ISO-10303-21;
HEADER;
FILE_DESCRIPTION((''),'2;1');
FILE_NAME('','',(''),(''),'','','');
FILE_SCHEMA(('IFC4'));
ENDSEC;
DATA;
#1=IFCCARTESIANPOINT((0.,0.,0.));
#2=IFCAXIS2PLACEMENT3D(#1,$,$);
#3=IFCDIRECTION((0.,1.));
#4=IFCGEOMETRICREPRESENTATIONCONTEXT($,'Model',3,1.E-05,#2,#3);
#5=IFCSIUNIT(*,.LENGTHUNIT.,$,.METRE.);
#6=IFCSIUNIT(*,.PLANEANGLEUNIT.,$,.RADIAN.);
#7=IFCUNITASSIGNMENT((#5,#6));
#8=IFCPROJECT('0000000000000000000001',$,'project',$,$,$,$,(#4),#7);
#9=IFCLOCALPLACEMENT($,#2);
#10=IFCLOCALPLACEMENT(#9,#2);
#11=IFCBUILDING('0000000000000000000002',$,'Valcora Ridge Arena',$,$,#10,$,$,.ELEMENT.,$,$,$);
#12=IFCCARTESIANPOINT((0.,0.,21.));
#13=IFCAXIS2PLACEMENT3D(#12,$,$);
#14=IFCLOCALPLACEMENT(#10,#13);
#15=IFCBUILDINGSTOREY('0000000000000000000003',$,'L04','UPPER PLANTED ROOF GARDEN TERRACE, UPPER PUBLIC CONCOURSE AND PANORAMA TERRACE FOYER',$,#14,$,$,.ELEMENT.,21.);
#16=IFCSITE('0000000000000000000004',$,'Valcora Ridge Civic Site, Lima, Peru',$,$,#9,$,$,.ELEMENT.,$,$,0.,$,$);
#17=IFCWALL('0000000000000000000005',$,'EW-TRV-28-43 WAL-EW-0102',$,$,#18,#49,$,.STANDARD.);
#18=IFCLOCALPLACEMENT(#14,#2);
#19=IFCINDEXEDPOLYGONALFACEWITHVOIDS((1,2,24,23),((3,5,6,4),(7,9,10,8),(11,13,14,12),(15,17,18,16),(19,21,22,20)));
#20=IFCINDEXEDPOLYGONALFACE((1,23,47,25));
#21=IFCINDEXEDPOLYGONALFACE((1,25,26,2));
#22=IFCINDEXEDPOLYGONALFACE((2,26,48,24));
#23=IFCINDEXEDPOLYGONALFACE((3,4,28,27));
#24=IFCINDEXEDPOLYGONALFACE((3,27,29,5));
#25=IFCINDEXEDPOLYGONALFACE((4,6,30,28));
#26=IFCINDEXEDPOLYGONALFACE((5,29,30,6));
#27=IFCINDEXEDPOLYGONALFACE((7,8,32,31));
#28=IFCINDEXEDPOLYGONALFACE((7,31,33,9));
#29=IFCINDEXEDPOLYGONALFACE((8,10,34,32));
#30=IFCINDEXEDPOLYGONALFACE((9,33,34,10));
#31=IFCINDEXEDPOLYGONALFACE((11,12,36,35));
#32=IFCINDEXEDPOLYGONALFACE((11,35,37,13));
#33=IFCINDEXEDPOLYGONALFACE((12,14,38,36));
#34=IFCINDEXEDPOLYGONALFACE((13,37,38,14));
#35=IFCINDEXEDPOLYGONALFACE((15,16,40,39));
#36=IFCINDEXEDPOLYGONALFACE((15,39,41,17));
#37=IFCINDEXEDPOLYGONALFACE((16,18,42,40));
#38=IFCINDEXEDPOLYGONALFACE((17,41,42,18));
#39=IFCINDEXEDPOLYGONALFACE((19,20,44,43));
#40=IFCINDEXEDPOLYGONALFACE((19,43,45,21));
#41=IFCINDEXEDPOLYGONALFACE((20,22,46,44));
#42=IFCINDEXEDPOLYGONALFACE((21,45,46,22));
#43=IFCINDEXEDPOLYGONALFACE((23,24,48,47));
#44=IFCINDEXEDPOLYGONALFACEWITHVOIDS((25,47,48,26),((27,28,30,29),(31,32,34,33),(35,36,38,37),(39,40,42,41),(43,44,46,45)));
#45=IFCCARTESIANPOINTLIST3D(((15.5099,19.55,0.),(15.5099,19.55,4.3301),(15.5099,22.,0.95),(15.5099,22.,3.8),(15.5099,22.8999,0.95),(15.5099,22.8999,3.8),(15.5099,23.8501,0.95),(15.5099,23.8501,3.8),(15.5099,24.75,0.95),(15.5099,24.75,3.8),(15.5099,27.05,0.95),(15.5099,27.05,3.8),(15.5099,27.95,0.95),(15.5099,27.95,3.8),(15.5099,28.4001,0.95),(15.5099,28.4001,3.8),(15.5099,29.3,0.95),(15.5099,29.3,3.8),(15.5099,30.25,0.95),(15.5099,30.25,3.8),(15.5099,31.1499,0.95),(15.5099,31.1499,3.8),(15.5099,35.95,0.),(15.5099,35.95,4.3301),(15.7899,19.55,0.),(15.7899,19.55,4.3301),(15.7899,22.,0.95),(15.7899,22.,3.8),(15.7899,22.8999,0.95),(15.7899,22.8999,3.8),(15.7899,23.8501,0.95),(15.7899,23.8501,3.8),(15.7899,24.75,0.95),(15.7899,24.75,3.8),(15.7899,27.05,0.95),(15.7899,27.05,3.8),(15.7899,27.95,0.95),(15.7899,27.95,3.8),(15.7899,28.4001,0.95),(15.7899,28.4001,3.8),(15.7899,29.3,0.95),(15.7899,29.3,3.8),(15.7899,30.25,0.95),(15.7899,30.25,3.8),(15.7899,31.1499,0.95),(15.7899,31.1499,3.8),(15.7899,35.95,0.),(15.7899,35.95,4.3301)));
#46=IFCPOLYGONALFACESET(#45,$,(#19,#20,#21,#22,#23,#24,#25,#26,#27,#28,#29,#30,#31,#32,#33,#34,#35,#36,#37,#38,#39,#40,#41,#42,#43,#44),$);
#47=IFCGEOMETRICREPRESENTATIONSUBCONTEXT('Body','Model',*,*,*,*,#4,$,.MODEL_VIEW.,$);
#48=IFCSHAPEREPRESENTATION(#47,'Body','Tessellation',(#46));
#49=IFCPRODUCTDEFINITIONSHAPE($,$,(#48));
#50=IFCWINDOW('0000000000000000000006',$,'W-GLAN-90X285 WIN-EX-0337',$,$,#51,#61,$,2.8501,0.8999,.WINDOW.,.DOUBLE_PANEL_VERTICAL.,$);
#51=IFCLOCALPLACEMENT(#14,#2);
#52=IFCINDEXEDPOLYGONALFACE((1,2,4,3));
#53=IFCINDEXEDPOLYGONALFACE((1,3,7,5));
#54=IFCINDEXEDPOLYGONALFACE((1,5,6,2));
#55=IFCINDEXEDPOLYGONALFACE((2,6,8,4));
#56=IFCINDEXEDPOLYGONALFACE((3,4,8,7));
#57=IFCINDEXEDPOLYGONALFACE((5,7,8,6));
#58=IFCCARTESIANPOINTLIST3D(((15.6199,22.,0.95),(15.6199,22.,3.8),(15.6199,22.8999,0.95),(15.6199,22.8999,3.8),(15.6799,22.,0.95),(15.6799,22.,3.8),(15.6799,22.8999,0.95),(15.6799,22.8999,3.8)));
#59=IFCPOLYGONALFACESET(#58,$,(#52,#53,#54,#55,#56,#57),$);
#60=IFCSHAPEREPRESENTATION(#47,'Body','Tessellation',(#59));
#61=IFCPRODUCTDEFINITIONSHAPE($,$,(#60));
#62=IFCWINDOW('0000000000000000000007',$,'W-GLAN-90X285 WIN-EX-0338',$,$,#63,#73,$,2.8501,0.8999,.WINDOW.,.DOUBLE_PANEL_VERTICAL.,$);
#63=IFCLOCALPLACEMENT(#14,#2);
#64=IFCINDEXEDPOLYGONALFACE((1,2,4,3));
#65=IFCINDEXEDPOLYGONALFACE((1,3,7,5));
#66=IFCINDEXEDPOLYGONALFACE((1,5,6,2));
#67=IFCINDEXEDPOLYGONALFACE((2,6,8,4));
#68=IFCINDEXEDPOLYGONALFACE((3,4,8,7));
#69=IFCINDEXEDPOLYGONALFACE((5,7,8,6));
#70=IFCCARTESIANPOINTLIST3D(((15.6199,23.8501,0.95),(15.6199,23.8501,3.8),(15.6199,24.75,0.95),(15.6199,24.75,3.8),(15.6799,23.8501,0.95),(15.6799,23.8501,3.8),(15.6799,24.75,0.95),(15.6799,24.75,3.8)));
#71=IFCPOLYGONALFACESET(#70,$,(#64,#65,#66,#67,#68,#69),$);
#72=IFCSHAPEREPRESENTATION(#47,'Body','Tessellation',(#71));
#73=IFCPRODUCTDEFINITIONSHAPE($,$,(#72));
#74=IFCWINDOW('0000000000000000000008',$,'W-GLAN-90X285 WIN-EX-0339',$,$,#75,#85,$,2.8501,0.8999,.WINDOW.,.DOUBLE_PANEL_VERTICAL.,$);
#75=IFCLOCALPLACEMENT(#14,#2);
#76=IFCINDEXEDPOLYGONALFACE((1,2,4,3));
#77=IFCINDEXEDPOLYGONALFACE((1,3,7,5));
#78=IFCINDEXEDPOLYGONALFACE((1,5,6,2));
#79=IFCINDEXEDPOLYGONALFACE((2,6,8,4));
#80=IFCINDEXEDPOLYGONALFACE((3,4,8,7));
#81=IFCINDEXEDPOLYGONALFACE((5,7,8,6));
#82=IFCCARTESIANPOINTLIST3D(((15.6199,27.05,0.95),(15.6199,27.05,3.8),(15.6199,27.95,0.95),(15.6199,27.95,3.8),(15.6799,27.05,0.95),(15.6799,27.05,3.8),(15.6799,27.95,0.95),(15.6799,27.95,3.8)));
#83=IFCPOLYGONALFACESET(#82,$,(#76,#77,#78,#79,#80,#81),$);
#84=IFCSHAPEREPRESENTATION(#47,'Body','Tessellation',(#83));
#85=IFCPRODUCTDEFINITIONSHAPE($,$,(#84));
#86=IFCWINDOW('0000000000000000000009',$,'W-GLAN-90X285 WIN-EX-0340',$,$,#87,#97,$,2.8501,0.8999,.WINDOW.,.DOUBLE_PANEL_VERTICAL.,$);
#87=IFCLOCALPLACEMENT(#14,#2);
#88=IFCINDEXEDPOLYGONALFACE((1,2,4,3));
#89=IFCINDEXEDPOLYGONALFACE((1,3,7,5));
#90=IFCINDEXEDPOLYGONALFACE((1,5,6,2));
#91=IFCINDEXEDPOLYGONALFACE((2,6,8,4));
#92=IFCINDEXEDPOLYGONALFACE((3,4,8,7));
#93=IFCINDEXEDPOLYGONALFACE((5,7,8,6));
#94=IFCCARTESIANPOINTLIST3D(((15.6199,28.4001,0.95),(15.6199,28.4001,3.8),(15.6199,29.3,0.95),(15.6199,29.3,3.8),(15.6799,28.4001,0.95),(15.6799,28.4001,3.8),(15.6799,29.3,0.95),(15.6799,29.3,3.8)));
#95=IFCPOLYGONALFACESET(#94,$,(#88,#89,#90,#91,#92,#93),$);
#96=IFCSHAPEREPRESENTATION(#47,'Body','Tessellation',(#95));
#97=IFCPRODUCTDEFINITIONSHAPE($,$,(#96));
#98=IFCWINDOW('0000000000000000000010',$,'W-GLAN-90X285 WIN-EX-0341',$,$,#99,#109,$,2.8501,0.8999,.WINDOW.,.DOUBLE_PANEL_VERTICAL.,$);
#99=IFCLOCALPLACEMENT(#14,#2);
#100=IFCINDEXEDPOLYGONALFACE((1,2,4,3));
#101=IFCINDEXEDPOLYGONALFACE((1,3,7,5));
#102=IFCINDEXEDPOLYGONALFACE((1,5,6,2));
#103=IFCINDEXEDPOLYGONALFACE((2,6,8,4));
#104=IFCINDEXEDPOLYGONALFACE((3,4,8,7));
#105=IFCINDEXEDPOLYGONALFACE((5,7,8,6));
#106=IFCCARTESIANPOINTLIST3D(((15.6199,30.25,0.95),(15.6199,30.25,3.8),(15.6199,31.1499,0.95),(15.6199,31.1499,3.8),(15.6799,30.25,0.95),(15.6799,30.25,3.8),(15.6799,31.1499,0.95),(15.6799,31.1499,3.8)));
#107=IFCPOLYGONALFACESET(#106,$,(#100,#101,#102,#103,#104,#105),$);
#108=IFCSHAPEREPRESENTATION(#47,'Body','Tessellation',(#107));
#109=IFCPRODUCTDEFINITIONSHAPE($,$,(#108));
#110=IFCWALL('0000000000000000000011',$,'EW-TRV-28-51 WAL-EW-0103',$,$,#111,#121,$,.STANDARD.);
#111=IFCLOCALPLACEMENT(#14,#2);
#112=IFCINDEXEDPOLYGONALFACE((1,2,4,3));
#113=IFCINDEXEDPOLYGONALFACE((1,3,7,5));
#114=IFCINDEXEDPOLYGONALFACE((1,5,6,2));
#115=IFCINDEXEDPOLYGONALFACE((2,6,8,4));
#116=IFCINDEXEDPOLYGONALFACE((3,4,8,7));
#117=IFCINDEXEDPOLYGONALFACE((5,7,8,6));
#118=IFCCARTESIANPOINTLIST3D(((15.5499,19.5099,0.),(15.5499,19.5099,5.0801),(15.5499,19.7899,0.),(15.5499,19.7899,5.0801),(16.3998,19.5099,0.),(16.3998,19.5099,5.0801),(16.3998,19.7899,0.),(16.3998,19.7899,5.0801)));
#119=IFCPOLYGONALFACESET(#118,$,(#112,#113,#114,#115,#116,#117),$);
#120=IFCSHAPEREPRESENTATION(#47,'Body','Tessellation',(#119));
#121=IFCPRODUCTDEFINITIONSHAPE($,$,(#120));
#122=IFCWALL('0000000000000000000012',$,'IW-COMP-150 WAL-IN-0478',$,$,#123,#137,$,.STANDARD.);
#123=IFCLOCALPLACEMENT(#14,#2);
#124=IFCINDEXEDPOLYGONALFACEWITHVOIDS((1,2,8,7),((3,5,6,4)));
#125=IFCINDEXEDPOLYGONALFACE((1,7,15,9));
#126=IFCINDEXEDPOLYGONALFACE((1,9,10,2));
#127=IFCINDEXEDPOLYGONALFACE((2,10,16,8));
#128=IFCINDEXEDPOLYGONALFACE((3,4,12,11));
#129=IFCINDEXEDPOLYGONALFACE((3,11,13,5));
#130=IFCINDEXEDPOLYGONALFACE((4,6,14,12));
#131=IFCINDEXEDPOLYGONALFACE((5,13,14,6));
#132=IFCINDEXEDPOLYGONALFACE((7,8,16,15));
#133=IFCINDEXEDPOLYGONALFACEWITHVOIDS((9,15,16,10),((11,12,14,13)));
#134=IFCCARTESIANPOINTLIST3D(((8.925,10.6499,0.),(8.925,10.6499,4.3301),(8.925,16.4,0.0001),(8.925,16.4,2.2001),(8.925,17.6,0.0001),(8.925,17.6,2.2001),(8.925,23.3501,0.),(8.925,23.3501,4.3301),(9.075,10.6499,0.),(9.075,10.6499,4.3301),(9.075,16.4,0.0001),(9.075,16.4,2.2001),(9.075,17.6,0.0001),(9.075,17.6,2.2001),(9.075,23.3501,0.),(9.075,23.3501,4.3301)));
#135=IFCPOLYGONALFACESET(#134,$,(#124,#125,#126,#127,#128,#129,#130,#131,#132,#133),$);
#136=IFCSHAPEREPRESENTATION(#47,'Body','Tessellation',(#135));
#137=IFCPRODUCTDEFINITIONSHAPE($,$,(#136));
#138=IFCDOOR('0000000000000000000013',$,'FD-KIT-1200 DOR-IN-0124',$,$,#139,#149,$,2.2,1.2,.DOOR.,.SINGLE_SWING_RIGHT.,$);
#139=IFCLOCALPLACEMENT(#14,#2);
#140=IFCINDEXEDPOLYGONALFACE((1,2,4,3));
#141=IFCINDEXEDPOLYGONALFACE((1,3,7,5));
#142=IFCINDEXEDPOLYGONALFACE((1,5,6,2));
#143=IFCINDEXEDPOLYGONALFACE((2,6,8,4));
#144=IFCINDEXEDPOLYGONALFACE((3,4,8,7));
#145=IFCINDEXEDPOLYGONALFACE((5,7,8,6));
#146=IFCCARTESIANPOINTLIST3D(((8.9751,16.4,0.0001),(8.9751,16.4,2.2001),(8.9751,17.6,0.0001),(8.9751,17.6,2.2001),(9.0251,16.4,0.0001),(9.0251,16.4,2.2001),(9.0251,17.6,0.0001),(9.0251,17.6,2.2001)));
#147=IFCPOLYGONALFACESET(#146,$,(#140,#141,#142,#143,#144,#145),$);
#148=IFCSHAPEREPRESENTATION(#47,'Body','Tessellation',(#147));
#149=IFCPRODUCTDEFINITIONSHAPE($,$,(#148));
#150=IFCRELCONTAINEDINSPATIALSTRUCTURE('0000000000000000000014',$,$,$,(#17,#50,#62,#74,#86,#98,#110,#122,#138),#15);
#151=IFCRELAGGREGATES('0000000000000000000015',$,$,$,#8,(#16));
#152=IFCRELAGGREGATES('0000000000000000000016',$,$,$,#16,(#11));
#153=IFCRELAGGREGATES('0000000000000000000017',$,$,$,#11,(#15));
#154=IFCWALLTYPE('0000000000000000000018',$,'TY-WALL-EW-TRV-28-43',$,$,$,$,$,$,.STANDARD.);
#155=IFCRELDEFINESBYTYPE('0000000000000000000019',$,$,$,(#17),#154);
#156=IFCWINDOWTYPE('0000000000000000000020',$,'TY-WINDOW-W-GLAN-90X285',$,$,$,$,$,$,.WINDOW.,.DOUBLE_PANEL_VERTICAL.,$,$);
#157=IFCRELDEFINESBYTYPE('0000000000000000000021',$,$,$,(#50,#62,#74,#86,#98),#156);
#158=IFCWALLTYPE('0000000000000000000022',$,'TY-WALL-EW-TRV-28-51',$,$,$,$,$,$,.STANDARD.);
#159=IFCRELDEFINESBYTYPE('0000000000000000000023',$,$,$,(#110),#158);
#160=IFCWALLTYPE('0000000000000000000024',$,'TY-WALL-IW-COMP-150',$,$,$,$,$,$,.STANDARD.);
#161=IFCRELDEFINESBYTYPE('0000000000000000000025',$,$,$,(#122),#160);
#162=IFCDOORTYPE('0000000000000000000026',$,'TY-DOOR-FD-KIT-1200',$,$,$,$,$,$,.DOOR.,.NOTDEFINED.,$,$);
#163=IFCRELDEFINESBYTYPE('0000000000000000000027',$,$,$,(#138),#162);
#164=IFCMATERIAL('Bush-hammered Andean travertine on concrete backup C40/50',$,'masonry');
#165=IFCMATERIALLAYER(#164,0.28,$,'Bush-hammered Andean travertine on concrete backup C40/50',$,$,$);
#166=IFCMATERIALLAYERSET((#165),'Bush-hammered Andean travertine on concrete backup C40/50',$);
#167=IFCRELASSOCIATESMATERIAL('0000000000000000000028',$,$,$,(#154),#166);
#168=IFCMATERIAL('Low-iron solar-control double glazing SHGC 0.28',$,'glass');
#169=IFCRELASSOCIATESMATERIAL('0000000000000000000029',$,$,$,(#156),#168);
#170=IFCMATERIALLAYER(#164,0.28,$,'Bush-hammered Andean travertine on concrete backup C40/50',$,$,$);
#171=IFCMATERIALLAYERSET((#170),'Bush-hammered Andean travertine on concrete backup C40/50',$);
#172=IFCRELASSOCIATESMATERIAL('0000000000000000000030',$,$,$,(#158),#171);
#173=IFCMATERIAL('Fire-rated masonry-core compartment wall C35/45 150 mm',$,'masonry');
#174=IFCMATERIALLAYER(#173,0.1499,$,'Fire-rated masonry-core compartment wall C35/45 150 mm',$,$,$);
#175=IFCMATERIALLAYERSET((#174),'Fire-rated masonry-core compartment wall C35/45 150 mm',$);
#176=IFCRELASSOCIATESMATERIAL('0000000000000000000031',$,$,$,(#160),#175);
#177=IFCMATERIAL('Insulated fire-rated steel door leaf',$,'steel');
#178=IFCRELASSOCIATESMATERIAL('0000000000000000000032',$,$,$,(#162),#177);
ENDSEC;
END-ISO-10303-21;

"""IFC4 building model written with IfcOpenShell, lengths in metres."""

from ifc_helpers import new_model, si_unit, direction, frame, frame_2d, origin, place, context, subcontext, project, spatial, rectangle, extrude, material, layer, layer_set, type_object, element, fill, save


model = new_model("IFC4")

# Units and contexts
model_context = context("Model", 3, precision=1e-05, world=origin(), true_north=direction((0.0, 1.0)))
body_context = subcontext(model_context, "Body", "Model", "MODEL_VIEW")
ifc_project = project(units=[si_unit("LENGTHUNIT", "METRE"), si_unit("PLANEANGLEUNIT", "RADIAN")], contexts=[model_context])

# Site, building, storey
site_placement = place(None, origin())
site = spatial("IfcSite", under=ifc_project, at=site_placement, Name="Valcora Ridge Civic Site, Lima, Peru", CompositionType="ELEMENT", RefElevation=0.0)
building_placement = place(site_placement, origin())
building = spatial("IfcBuilding", under=site, at=building_placement, Name="Valcora Ridge Arena", CompositionType="ELEMENT")
storey_placement = place(building_placement, frame((0.0, 0.0, 21.0)))
storey = spatial("IfcBuildingStorey", under=building, at=storey_placement, Name="L04", Description="UPPER PLANTED ROOF GARDEN TERRACE, UPPER PUBLIC CONCOURSE AND PANORAMA TERRACE FOYER", CompositionType="ELEMENT", Elevation=21.0)

# Wall, openings, windows
ifc_material_1 = material(Name="Bush-hammered Andean travertine on concrete backup C40/50", Category="masonry")
ifc_layer_1 = layer(ifc_material_1, 0.28, Name="Bush-hammered Andean travertine on concrete backup C40/50")
ifc_layer_set_1 = layer_set([ifc_layer_1], Name="Bush-hammered Andean travertine on concrete backup C40/50")
wall_type_1 = type_object("IfcWallType", Name="TY-WALL-EW-TRV-28-43", PredefinedType="STANDARD", material=ifc_layer_set_1)
wall_1_placement = place(storey_placement, frame((15.6499, 19.55, 0.0), z_axis=(0.0, 0.0, 1.0), x_axis=(0.0, 1.0, 0.0)))
wall_1 = element("IfcWall", 1, at=wall_1_placement, inside=storey, type_object=wall_type_1, Name="EW-TRV-28-43 WAL-EW-0102", PredefinedType="STANDARD", context=body_context, shape_type="SweptSolid", body=[
    extrude(rectangle(XDim=16.3999, YDim=0.28, at=frame_2d((8.2, 0.0))), origin(), (0.0, 0.0, 1.0), 4.3301),
])
opening_1_placement = place(wall_1_placement, frame((2.45, 0.0, 0.95)))
opening_1 = element("IfcOpeningElement", 2, at=opening_1_placement, cuts=wall_1, PredefinedType="OPENING", context=body_context, shape_type="SweptSolid", body=[
    extrude(rectangle(XDim=0.8999, YDim=2.8501, at=frame_2d((0.45, 1.425))), frame((0.0, 0.1499, 0.0), z_axis=(0.0, -1.0, 0.0), x_axis=(1.0, 0.0, 0.0)), (0.0, 0.0, 1.0), 0.3),
])
opening_2_placement = place(wall_1_placement, frame((4.3, 0.0, 0.95)))
opening_2 = element("IfcOpeningElement", 3, at=opening_2_placement, cuts=wall_1, PredefinedType="OPENING", context=body_context, shape_type="SweptSolid", body=[
    extrude(rectangle(XDim=0.8999, YDim=2.8501, at=frame_2d((0.45, 1.425))), frame((0.0, 0.1499, 0.0), z_axis=(0.0, -1.0, 0.0), x_axis=(1.0, 0.0, 0.0)), (0.0, 0.0, 1.0), 0.3),
])
opening_3_placement = place(wall_1_placement, frame((7.5, 0.0, 0.95)))
opening_3 = element("IfcOpeningElement", 4, at=opening_3_placement, cuts=wall_1, PredefinedType="OPENING", context=body_context, shape_type="SweptSolid", body=[
    extrude(rectangle(XDim=0.8999, YDim=2.8501, at=frame_2d((0.45, 1.425))), frame((0.0, 0.1499, 0.0), z_axis=(0.0, -1.0, 0.0), x_axis=(1.0, 0.0, 0.0)), (0.0, 0.0, 1.0), 0.3),
])
opening_4_placement = place(wall_1_placement, frame((8.8501, 0.0, 0.95)))
opening_4 = element("IfcOpeningElement", 5, at=opening_4_placement, cuts=wall_1, PredefinedType="OPENING", context=body_context, shape_type="SweptSolid", body=[
    extrude(rectangle(XDim=0.8999, YDim=2.8501, at=frame_2d((0.45, 1.425))), frame((0.0, 0.1499, 0.0), z_axis=(0.0, -1.0, 0.0), x_axis=(1.0, 0.0, 0.0)), (0.0, 0.0, 1.0), 0.3),
])
opening_5_placement = place(wall_1_placement, frame((10.7, 0.0, 0.95)))
opening_5 = element("IfcOpeningElement", 6, at=opening_5_placement, cuts=wall_1, PredefinedType="OPENING", context=body_context, shape_type="SweptSolid", body=[
    extrude(rectangle(XDim=0.8999, YDim=2.8501, at=frame_2d((0.45, 1.425))), frame((0.0, 0.1499, 0.0), z_axis=(0.0, -1.0, 0.0), x_axis=(1.0, 0.0, 0.0)), (0.0, 0.0, 1.0), 0.3),
])
ifc_material_2 = material(Name="Low-iron solar-control double glazing SHGC 0.28", Category="glass")
window_type = type_object("IfcWindowType", Name="TY-WINDOW-W-GLAN-90X285", PartitioningType="DOUBLE_PANEL_VERTICAL", PredefinedType="WINDOW", material=ifc_material_2)
window_1_placement = place(opening_1_placement, origin())
window_1 = element("IfcWindow", 7, at=window_1_placement, inside=storey, type_object=window_type, Name="W-GLAN-90X285 WIN-EX-0337", OverallHeight=2.8501, OverallWidth=0.8999, PartitioningType="DOUBLE_PANEL_VERTICAL", PredefinedType="WINDOW", context=body_context, shape_type="SweptSolid", body=[
    extrude(rectangle(XDim=0.8999, YDim=2.8501, at=frame_2d((0.45, 1.425))), frame((0.0, 0.03, 0.0), z_axis=(0.0, -1.0, 0.0), x_axis=(1.0, 0.0, 0.0)), (0.0, 0.0, 1.0), 0.0601),
])
fill(opening_1, window_1)
window_2_placement = place(opening_2_placement, origin())
window_2 = element("IfcWindow", 8, at=window_2_placement, inside=storey, type_object=window_type, Name="W-GLAN-90X285 WIN-EX-0338", OverallHeight=2.8501, OverallWidth=0.8999, PartitioningType="DOUBLE_PANEL_VERTICAL", PredefinedType="WINDOW", context=body_context, shape_type="SweptSolid", body=[
    extrude(rectangle(XDim=0.8999, YDim=2.8501, at=frame_2d((0.45, 1.425))), frame((0.0, 0.03, 0.0), z_axis=(0.0, -1.0, 0.0), x_axis=(1.0, 0.0, 0.0)), (0.0, 0.0, 1.0), 0.0601),
])
fill(opening_2, window_2)
window_3_placement = place(opening_3_placement, origin())
window_3 = element("IfcWindow", 9, at=window_3_placement, inside=storey, type_object=window_type, Name="W-GLAN-90X285 WIN-EX-0339", OverallHeight=2.8501, OverallWidth=0.8999, PartitioningType="DOUBLE_PANEL_VERTICAL", PredefinedType="WINDOW", context=body_context, shape_type="SweptSolid", body=[
    extrude(rectangle(XDim=0.8999, YDim=2.8501, at=frame_2d((0.45, 1.425))), frame((0.0, 0.03, 0.0), z_axis=(0.0, -1.0, 0.0), x_axis=(1.0, 0.0, 0.0)), (0.0, 0.0, 1.0), 0.0601),
])
fill(opening_3, window_3)
window_4_placement = place(opening_4_placement, origin())
window_4 = element("IfcWindow", 10, at=window_4_placement, inside=storey, type_object=window_type, Name="W-GLAN-90X285 WIN-EX-0340", OverallHeight=2.8501, OverallWidth=0.8999, PartitioningType="DOUBLE_PANEL_VERTICAL", PredefinedType="WINDOW", context=body_context, shape_type="SweptSolid", body=[
    extrude(rectangle(XDim=0.8999, YDim=2.8501, at=frame_2d((0.45, 1.425))), frame((0.0, 0.03, 0.0), z_axis=(0.0, -1.0, 0.0), x_axis=(1.0, 0.0, 0.0)), (0.0, 0.0, 1.0), 0.0601),
])
fill(opening_4, window_4)
window_5_placement = place(opening_5_placement, origin())
window_5 = element("IfcWindow", 11, at=window_5_placement, inside=storey, type_object=window_type, Name="W-GLAN-90X285 WIN-EX-0341", OverallHeight=2.8501, OverallWidth=0.8999, PartitioningType="DOUBLE_PANEL_VERTICAL", PredefinedType="WINDOW", context=body_context, shape_type="SweptSolid", body=[
    extrude(rectangle(XDim=0.8999, YDim=2.8501, at=frame_2d((0.45, 1.425))), frame((0.0, 0.03, 0.0), z_axis=(0.0, -1.0, 0.0), x_axis=(1.0, 0.0, 0.0)), (0.0, 0.0, 1.0), 0.0601),
])
fill(opening_5, window_5)

# Wall
ifc_layer_2 = layer(ifc_material_1, 0.28, Name="Bush-hammered Andean travertine on concrete backup C40/50")
ifc_layer_set_2 = layer_set([ifc_layer_2], Name="Bush-hammered Andean travertine on concrete backup C40/50")
wall_type_2 = type_object("IfcWallType", Name="TY-WALL-EW-TRV-28-51", PredefinedType="STANDARD", material=ifc_layer_set_2)
wall_2_placement = place(storey_placement, frame((15.55, 19.6499, 0.0), z_axis=(0.0, 0.0, 1.0), x_axis=(1.0, 0.0, 0.0)))
element("IfcWall", 12, at=wall_2_placement, inside=storey, type_object=wall_type_2, Name="EW-TRV-28-51 WAL-EW-0103", PredefinedType="STANDARD", context=body_context, shape_type="SweptSolid", body=[
    extrude(rectangle(XDim=0.8499, YDim=0.28, at=frame_2d((0.4248, 0.0))), origin(), (0.0, 0.0, 1.0), 5.0801),
])

# Wall, opening, door
ifc_material_3 = material(Name="Fire-rated masonry-core compartment wall C35/45 150 mm", Category="masonry")
ifc_layer_3 = layer(ifc_material_3, 0.1499, Name="Fire-rated masonry-core compartment wall C35/45 150 mm")
ifc_layer_set_3 = layer_set([ifc_layer_3], Name="Fire-rated masonry-core compartment wall C35/45 150 mm")
wall_type_3 = type_object("IfcWallType", Name="TY-WALL-IW-COMP-150", PredefinedType="STANDARD", material=ifc_layer_set_3)
wall_3_placement = place(storey_placement, frame((9.0, 10.6499, 0.0), z_axis=(0.0, 0.0, 1.0), x_axis=(0.0, 1.0, 0.0)))
wall_3 = element("IfcWall", 13, at=wall_3_placement, inside=storey, type_object=wall_type_3, Name="IW-COMP-150 WAL-IN-0478", PredefinedType="STANDARD", context=body_context, shape_type="SweptSolid", body=[
    extrude(rectangle(XDim=12.7002, YDim=0.1499, at=frame_2d((6.3501, 0.0))), origin(), (0.0, 0.0, 1.0), 4.3301),
])
opening_6_placement = place(wall_3_placement, frame((5.75, 0.0, 0.0)))
opening_6 = element("IfcOpeningElement", 14, at=opening_6_placement, cuts=wall_3, PredefinedType="OPENING", context=body_context, shape_type="SweptSolid", body=[
    extrude(rectangle(XDim=1.2, YDim=2.2, at=frame_2d((0.6001, 1.1001))), frame((0.0, 0.085, 0.0), z_axis=(0.0, -1.0, 0.0), x_axis=(1.0, 0.0, 0.0)), (0.0, 0.0, 1.0), 0.1699),
])
ifc_material_4 = material(Name="Insulated fire-rated steel door leaf", Category="steel")
door_type = type_object("IfcDoorType", Name="TY-DOOR-FD-KIT-1200", OperationType="NOTDEFINED", PredefinedType="DOOR", material=ifc_material_4)
door_placement = place(opening_6_placement, origin())
door = element("IfcDoor", 15, at=door_placement, inside=storey, type_object=door_type, Name="FD-KIT-1200 DOR-IN-0124", OperationType="SINGLE_SWING_RIGHT", OverallHeight=2.2, OverallWidth=1.2, PredefinedType="DOOR", context=body_context, shape_type="SweptSolid", body=[
    extrude(rectangle(XDim=1.2, YDim=2.2, at=frame_2d((0.6001, 1.1001))), frame((0.0, 0.0249, 0.0), z_axis=(0.0, -1.0, 0.0), x_axis=(1.0, 0.0, 0.0)), (0.0, 0.0, 1.0), 0.05),
])
fill(opening_6, door)

save(model, "model.ifc")
